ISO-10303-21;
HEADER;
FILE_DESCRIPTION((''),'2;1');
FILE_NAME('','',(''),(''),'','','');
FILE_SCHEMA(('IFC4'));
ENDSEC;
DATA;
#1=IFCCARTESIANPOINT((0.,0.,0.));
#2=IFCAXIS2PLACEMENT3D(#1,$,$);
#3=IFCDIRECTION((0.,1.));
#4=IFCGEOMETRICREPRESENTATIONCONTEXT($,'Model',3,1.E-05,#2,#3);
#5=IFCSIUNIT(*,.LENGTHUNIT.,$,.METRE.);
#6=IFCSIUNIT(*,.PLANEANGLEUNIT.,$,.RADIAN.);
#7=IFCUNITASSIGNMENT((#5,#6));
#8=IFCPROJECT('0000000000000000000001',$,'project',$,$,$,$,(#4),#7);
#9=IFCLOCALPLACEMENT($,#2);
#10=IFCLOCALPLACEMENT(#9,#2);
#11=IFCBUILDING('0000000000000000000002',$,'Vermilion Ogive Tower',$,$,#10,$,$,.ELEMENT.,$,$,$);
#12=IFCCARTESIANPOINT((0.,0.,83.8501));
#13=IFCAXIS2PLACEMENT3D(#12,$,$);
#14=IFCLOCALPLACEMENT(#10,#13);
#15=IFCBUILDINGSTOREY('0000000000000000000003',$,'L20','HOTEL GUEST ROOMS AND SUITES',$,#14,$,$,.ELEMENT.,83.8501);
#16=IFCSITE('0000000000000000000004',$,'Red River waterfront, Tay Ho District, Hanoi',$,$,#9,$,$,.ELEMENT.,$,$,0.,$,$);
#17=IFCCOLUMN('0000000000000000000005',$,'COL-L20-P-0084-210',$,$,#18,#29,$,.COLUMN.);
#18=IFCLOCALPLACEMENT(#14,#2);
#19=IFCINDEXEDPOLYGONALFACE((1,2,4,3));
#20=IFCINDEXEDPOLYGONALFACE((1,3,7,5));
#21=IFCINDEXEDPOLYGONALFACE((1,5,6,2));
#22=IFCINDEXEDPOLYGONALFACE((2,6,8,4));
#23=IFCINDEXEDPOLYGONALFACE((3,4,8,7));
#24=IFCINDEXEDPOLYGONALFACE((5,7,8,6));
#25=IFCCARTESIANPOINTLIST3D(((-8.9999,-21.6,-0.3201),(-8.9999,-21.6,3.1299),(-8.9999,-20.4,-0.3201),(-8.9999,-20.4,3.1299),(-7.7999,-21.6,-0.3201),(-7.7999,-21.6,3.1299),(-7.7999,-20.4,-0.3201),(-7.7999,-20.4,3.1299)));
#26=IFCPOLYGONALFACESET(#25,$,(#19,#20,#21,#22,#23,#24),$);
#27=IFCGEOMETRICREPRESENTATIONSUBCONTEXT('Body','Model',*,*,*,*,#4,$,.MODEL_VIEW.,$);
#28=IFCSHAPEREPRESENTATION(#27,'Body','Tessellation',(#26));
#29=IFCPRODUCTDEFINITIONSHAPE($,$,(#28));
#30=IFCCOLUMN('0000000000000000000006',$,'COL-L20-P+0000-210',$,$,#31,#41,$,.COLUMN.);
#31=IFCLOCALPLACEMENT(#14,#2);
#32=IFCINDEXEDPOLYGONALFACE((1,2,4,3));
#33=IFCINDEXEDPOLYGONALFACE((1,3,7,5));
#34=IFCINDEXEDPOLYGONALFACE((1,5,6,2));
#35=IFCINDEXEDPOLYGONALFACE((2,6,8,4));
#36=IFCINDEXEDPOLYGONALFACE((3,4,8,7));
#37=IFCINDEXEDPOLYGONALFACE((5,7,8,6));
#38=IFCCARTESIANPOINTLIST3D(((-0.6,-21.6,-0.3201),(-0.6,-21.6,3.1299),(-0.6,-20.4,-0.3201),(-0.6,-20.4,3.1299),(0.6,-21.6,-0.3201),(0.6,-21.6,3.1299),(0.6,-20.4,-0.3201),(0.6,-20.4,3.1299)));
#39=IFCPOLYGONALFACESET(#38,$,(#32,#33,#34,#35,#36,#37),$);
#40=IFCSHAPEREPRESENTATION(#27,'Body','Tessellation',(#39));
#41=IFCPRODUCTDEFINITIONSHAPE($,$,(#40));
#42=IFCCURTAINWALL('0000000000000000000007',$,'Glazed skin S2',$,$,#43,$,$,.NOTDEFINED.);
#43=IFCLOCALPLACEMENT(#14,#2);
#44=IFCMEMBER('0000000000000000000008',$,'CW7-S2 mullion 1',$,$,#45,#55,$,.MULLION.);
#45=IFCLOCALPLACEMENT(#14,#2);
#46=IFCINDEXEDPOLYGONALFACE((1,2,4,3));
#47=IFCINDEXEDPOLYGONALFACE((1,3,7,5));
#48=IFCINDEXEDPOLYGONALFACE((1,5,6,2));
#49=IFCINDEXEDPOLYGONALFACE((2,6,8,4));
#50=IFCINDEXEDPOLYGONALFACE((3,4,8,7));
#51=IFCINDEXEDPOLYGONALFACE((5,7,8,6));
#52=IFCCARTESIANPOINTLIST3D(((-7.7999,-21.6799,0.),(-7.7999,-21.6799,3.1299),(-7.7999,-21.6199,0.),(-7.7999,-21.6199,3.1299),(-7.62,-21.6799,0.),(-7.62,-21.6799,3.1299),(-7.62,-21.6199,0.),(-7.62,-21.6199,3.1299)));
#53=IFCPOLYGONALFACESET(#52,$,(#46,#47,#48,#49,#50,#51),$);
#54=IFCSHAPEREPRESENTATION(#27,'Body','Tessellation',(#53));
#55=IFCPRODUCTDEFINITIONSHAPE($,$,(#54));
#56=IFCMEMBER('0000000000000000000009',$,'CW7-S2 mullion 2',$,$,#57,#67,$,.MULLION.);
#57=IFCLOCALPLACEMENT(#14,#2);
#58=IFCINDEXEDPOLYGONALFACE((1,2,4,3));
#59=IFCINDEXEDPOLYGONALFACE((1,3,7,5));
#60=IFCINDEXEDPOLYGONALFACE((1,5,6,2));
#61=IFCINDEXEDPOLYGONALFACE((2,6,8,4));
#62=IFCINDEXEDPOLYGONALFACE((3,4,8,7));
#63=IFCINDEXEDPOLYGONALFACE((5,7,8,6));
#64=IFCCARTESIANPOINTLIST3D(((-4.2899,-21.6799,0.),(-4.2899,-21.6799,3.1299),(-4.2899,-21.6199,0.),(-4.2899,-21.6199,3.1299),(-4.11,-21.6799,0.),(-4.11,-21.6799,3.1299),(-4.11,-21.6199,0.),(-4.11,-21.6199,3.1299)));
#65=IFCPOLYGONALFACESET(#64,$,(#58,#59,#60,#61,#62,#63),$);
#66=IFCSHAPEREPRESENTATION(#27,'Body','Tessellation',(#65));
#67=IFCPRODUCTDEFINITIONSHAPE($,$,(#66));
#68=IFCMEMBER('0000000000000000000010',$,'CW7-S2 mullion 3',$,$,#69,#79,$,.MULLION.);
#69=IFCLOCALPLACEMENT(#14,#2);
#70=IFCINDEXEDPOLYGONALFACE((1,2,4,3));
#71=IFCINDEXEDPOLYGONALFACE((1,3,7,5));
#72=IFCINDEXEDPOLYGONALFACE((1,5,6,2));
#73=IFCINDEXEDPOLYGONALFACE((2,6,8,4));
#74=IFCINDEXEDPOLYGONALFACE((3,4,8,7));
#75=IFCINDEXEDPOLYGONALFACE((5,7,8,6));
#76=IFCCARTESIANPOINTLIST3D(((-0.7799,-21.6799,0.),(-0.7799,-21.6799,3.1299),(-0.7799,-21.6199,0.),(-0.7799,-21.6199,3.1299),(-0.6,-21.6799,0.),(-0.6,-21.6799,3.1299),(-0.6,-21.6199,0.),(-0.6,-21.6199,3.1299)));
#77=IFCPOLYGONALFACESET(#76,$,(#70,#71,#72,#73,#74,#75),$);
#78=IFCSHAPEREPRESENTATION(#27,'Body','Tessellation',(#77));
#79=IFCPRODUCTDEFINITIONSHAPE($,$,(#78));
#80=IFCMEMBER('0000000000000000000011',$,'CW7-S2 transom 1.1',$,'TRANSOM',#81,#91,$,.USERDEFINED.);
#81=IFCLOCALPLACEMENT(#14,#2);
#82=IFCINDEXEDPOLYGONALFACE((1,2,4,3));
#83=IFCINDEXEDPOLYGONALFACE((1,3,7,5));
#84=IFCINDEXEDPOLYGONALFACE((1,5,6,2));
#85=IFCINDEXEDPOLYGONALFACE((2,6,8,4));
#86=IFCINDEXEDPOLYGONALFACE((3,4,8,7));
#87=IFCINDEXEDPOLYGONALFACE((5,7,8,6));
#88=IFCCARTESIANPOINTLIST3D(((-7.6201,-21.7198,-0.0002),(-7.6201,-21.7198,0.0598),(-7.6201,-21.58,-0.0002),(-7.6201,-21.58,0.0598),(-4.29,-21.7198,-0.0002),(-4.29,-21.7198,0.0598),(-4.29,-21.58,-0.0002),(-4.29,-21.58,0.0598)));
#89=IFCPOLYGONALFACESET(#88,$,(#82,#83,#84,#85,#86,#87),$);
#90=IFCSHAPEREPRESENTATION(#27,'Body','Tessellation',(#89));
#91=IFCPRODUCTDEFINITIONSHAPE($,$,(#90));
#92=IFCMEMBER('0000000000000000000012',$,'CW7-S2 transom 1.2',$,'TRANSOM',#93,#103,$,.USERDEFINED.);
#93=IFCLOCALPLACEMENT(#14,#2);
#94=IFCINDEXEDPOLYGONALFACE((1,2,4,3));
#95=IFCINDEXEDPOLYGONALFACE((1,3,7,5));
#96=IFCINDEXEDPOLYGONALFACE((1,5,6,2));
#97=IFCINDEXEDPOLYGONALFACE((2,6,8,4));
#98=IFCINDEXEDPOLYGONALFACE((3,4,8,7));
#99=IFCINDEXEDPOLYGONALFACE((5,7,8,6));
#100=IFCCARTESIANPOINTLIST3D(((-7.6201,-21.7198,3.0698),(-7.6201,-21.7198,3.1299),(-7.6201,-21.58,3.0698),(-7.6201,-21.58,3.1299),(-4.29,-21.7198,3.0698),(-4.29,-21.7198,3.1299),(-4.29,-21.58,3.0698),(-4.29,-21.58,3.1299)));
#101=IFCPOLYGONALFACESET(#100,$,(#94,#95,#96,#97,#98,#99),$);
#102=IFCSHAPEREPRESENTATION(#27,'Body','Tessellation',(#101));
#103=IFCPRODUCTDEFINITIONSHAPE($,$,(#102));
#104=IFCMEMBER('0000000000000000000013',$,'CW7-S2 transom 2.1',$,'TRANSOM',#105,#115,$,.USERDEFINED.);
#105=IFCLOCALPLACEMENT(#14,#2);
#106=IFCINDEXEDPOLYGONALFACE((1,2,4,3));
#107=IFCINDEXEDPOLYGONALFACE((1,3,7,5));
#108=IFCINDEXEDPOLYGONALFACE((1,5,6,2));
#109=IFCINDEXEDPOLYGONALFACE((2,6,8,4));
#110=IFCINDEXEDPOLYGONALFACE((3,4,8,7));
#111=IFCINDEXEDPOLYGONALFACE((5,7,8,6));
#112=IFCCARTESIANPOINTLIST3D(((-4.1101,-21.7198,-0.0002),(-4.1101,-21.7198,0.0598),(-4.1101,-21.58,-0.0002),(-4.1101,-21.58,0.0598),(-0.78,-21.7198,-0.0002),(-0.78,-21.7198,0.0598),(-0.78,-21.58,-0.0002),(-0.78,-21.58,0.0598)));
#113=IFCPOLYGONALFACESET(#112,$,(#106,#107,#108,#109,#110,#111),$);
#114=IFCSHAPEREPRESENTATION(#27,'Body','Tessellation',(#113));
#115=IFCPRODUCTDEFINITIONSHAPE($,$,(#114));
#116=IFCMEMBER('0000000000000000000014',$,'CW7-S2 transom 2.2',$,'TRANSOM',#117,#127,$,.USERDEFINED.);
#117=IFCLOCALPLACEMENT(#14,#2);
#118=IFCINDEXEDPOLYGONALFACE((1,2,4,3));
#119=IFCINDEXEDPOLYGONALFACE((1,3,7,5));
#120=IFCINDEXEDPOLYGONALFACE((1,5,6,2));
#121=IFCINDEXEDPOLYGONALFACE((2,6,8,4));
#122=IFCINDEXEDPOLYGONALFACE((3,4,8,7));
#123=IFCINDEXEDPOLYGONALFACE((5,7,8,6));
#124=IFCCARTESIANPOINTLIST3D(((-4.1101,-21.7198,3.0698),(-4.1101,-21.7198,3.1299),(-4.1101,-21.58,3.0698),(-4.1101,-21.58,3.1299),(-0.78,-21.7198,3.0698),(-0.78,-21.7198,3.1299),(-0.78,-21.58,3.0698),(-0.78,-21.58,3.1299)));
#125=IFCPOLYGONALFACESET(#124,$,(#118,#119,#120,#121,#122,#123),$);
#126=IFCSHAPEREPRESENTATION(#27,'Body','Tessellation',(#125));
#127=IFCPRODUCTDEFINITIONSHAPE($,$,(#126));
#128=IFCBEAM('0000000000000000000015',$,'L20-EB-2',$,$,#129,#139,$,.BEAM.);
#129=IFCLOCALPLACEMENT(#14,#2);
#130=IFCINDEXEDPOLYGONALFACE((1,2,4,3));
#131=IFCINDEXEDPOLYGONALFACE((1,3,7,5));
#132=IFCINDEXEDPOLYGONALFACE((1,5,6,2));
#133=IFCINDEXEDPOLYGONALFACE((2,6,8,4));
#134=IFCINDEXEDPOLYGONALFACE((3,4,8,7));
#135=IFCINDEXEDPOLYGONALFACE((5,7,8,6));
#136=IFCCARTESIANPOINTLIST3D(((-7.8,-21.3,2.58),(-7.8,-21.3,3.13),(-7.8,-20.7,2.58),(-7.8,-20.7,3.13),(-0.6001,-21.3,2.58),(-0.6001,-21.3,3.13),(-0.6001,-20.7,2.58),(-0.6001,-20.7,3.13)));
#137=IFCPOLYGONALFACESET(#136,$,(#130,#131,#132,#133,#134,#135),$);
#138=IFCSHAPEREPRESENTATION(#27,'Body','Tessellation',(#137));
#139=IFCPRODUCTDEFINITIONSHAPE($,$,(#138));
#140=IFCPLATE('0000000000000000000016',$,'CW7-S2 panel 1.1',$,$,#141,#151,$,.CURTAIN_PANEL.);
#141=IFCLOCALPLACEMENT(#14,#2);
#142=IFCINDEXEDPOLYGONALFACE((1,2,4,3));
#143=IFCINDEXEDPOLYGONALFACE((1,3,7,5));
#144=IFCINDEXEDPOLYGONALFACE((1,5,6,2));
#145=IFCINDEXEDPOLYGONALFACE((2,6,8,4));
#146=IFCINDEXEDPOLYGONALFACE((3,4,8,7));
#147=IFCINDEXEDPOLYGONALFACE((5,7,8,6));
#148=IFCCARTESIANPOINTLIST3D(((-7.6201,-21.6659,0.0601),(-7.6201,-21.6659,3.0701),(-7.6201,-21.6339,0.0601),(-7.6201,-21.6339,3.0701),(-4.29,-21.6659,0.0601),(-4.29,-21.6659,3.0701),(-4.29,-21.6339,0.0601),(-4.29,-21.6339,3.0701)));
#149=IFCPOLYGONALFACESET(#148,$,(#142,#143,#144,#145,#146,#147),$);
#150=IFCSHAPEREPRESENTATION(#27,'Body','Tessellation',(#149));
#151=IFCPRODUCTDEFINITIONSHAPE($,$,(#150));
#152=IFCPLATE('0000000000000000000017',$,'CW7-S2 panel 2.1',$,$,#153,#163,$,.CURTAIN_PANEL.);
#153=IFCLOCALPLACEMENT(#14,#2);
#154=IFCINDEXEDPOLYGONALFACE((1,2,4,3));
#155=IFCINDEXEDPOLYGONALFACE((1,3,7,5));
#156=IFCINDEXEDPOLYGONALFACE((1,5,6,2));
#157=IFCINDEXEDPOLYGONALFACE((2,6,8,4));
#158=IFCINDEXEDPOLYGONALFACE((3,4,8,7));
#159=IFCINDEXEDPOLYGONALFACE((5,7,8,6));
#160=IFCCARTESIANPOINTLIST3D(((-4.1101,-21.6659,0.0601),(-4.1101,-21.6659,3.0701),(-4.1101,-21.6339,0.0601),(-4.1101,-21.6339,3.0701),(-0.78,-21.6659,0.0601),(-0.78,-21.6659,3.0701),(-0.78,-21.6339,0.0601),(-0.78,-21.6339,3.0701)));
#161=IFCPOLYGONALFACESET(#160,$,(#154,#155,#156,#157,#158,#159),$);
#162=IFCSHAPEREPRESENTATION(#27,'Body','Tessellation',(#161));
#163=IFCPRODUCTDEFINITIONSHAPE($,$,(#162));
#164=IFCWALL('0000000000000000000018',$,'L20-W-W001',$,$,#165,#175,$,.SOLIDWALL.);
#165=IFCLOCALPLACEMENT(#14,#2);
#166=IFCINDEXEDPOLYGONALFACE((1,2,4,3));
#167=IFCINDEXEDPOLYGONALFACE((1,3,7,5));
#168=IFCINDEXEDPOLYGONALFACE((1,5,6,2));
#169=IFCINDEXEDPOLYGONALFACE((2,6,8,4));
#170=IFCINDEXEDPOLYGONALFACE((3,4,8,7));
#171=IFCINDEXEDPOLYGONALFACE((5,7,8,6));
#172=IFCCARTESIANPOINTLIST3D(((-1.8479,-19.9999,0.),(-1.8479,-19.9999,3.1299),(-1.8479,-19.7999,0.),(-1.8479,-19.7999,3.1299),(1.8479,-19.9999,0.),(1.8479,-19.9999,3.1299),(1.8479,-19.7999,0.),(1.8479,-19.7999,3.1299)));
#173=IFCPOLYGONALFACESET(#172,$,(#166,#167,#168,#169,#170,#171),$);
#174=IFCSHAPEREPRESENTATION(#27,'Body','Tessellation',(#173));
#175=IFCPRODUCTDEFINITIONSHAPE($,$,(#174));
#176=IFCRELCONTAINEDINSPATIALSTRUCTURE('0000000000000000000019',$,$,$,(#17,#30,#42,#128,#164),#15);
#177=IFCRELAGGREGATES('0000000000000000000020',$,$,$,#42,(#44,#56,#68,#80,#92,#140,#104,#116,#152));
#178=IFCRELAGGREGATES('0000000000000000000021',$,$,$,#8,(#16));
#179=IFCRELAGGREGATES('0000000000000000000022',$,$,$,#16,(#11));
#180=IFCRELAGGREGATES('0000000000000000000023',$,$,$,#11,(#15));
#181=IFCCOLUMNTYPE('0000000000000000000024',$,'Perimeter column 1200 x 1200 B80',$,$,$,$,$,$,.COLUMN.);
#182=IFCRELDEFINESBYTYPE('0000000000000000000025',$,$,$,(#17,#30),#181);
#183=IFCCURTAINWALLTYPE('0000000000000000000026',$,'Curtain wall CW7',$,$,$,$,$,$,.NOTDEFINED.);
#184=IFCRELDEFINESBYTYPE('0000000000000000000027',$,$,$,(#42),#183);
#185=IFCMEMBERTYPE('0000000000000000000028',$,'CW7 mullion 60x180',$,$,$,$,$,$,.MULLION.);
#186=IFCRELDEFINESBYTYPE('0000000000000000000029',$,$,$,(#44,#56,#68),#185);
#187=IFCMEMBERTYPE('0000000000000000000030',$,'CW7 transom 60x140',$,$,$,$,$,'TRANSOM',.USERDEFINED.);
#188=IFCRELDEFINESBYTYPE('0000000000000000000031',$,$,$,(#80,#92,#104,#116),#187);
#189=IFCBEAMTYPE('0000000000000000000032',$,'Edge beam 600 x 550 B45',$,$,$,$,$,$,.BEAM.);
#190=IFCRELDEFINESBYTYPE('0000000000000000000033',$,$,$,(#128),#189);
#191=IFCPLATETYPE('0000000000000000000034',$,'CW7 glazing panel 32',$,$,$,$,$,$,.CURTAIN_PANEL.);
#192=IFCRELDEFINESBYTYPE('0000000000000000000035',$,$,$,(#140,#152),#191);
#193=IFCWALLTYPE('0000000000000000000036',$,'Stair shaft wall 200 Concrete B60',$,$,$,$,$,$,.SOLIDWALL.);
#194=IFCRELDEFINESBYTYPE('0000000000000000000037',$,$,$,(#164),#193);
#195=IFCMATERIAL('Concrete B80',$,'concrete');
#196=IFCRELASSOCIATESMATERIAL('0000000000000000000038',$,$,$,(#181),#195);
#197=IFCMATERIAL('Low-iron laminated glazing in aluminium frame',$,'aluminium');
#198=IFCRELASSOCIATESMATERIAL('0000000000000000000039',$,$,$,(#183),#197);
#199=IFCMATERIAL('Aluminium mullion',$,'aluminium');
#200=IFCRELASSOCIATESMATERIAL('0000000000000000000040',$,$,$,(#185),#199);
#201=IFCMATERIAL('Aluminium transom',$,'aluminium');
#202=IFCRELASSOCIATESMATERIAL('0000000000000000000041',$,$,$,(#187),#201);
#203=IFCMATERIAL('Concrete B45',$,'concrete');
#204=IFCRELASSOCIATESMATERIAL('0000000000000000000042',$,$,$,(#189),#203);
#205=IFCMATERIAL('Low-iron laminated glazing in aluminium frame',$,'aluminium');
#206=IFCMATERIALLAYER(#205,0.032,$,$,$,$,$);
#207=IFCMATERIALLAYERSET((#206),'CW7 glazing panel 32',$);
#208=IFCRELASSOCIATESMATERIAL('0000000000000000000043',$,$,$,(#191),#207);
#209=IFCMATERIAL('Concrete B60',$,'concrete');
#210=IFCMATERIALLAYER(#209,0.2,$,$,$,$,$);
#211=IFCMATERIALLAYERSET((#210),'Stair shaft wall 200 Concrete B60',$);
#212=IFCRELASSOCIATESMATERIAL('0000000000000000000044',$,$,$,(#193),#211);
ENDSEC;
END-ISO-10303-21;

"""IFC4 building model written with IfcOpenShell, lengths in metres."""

from ifc_helpers import new_model, si_unit, direction, frame, frame_2d, origin, origin_2d, place, context, subcontext, project, spatial, rectangle, extrude, material, layer, layer_set, material_profile, profile_set, type_object, element, aggregate, save


model = new_model("IFC4")

# Units and contexts
model_context = context("Model", 3, precision=1e-05, world=origin(), true_north=direction((0.0, 1.0)))
body_context = subcontext(model_context, "Body", "Model", "MODEL_VIEW")
ifc_project = project(units=[si_unit("LENGTHUNIT", "METRE"), si_unit("PLANEANGLEUNIT", "RADIAN")], contexts=[model_context])

# Site, building, storey
site_placement = place(None, origin())
site = spatial("IfcSite", under=ifc_project, at=site_placement, Name="Red River waterfront, Tay Ho District, Hanoi", CompositionType="ELEMENT", RefElevation=0.0)
building_placement = place(site_placement, origin())
building = spatial("IfcBuilding", under=site, at=building_placement, Name="Vermilion Ogive Tower", CompositionType="ELEMENT")
storey_placement = place(building_placement, frame((0.0, 0.0, 83.8501)))
storey = spatial("IfcBuildingStorey", under=building, at=storey_placement, Name="L20", Description="HOTEL GUEST ROOMS AND SUITES", CompositionType="ELEMENT", Elevation=83.8501)

# Columns
ifc_material_1 = material(Name="Concrete B80", Category="concrete")
ifc_material_profile_1 = material_profile(ifc_material_1, rectangle(XDim=1.2, YDim=1.2, at=origin_2d()), Name="1200 x 1200")
ifc_profile_set_1 = profile_set([ifc_material_profile_1], Name="Concrete B80")
column_type = type_object("IfcColumnType", Name="Perimeter column 1200 x 1200 B80", PredefinedType="COLUMN", material=ifc_profile_set_1)
for number, where, z_axis, x_axis, name in (
    (1, (-8.3999, -21.0, -0.3201), (0.0, 0.0, 1.0), (1.0, 0.0, 0.0), "COL-L20-P-0084-210"),
    (2, (0.0, -21.0, -0.3201), (0.0, 0.0, 1.0), (1.0, 0.0, 0.0), "COL-L20-P+0000-210"),
):
    element("IfcColumn", number, at=place(storey_placement, frame(where, z_axis=z_axis, x_axis=x_axis)), inside=storey, type_object=column_type, Name=name, PredefinedType="COLUMN", context=body_context, shape_type="SweptSolid", body=[
        extrude(rectangle(XDim=1.2, YDim=1.2, at=origin_2d()), origin(), (0.0, 0.0, 1.0), 3.45),
    ])

# Curtain wall, members
ifc_material_2 = material(Name="Low-iron laminated glazing in aluminium frame", Category="aluminium")
curtain_wall_type = type_object("IfcCurtainWallType", Name="Curtain wall CW7", PredefinedType="NOTDEFINED", material=ifc_material_2)
curtain_wall_placement = place(storey_placement, origin())
curtain_wall = element("IfcCurtainWall", 3, at=curtain_wall_placement, inside=storey, type_object=curtain_wall_type, Name="Glazed skin S2", PredefinedType="NOTDEFINED")
ifc_material_3 = material(Name="Aluminium mullion", Category="aluminium")
ifc_material_profile_2 = material_profile(ifc_material_3, rectangle(XDim=0.0601, YDim=0.1799, at=origin_2d()), Name="AL 60x180")
ifc_profile_set_2 = profile_set([ifc_material_profile_2], Name="Aluminium mullion")
member_type_1 = type_object("IfcMemberType", Name="CW7 mullion 60x180", PredefinedType="MULLION", material=ifc_profile_set_2)
member_1_placement = place(storey_placement, frame((-7.71, -21.6499, 0.0), z_axis=(0.0, 0.0, 1.0), x_axis=(0.0, 1.0, 0.0)))
member_1 = element("IfcMember", 4, at=member_1_placement, type_object=member_type_1, Name="CW7-S2 mullion 1", PredefinedType="MULLION", context=body_context, shape_type="SweptSolid", body=[
    extrude(rectangle(XDim=0.0601, YDim=0.1799, at=origin_2d()), origin(), (0.0, 0.0, 1.0), 3.1299),
])
member_2_placement = place(storey_placement, frame((-4.2, -21.6499, 0.0), z_axis=(0.0, 0.0, 1.0), x_axis=(0.0, 1.0, 0.0)))
member_2 = element("IfcMember", 5, at=member_2_placement, type_object=member_type_1, Name="CW7-S2 mullion 2", PredefinedType="MULLION", context=body_context, shape_type="SweptSolid", body=[
    extrude(rectangle(XDim=0.0601, YDim=0.1799, at=origin_2d()), origin(), (0.0, 0.0, 1.0), 3.1299),
])
member_3_placement = place(storey_placement, frame((-0.6899, -21.6499, 0.0), z_axis=(0.0, 0.0, 1.0), x_axis=(0.0, 1.0, 0.0)))
member_3 = element("IfcMember", 6, at=member_3_placement, type_object=member_type_1, Name="CW7-S2 mullion 3", PredefinedType="MULLION", context=body_context, shape_type="SweptSolid", body=[
    extrude(rectangle(XDim=0.0601, YDim=0.1799, at=origin_2d()), origin(), (0.0, 0.0, 1.0), 3.1299),
])
ifc_material_4 = material(Name="Aluminium transom", Category="aluminium")
ifc_material_profile_3 = material_profile(ifc_material_4, rectangle(XDim=0.1399, YDim=0.0601, at=origin_2d()), Name="AL 60x140")
ifc_profile_set_3 = profile_set([ifc_material_profile_3], Name="Aluminium transom")
member_type_2 = type_object("IfcMemberType", Name="CW7 transom 60x140", ElementType="TRANSOM", PredefinedType="USERDEFINED", material=ifc_profile_set_3)
member_4_placement = place(storey_placement, frame((-7.6201, -21.6499, 0.0298), z_axis=(1.0, 0.0, 0.0), x_axis=(0.0, 1.0, 0.0)))
member_4 = element("IfcMember", 7, at=member_4_placement, type_object=member_type_2, Name="CW7-S2 transom 1.1", ObjectType="TRANSOM", PredefinedType="USERDEFINED", context=body_context, shape_type="SweptSolid", body=[
    extrude(rectangle(XDim=0.1399, YDim=0.0601, at=origin_2d()), origin(), (0.0, 0.0, 1.0), 3.3301),
])
member_5_placement = place(storey_placement, frame((-7.6201, -21.6499, 3.0999), z_axis=(1.0, 0.0, 0.0), x_axis=(0.0, 1.0, 0.0)))
member_5 = element("IfcMember", 8, at=member_5_placement, type_object=member_type_2, Name="CW7-S2 transom 1.2", ObjectType="TRANSOM", PredefinedType="USERDEFINED", context=body_context, shape_type="SweptSolid", body=[
    extrude(rectangle(XDim=0.1399, YDim=0.0601, at=origin_2d()), origin(), (0.0, 0.0, 1.0), 3.3301),
])
member_6_placement = place(storey_placement, frame((-4.1101, -21.6499, 0.0298), z_axis=(1.0, 0.0, 0.0), x_axis=(0.0, 1.0, 0.0)))
member_6 = element("IfcMember", 9, at=member_6_placement, type_object=member_type_2, Name="CW7-S2 transom 2.1", ObjectType="TRANSOM", PredefinedType="USERDEFINED", context=body_context, shape_type="SweptSolid", body=[
    extrude(rectangle(XDim=0.1399, YDim=0.0601, at=origin_2d()), origin(), (0.0, 0.0, 1.0), 3.3301),
])
member_7_placement = place(storey_placement, frame((-4.1101, -21.6499, 3.0999), z_axis=(1.0, 0.0, 0.0), x_axis=(0.0, 1.0, 0.0)))
member_7 = element("IfcMember", 10, at=member_7_placement, type_object=member_type_2, Name="CW7-S2 transom 2.2", ObjectType="TRANSOM", PredefinedType="USERDEFINED", context=body_context, shape_type="SweptSolid", body=[
    extrude(rectangle(XDim=0.1399, YDim=0.0601, at=origin_2d()), origin(), (0.0, 0.0, 1.0), 3.3301),
])

# Beam
ifc_material_5 = material(Name="Concrete B45", Category="concrete")
ifc_material_profile_4 = material_profile(ifc_material_5, rectangle(XDim=0.6001, YDim=0.55, at=origin_2d()), Name="600 x 550")
ifc_profile_set_4 = profile_set([ifc_material_profile_4], Name="Concrete B45")
beam_type = type_object("IfcBeamType", Name="Edge beam 600 x 550 B45", PredefinedType="BEAM", material=ifc_profile_set_4)
beam_placement = place(storey_placement, frame((-7.8, -21.0, 2.855), z_axis=(1.0, 0.0, 0.0), x_axis=(0.0, 1.0, 0.0)))
element("IfcBeam", 11, at=beam_placement, inside=storey, type_object=beam_type, Name="L20-EB-2", PredefinedType="BEAM", context=body_context, shape_type="SweptSolid", body=[
    extrude(rectangle(XDim=0.6001, YDim=0.55, at=origin_2d()), origin(), (0.0, 0.0, 1.0), 7.2),
])

# Plates
ifc_material_6 = material(Name="Low-iron laminated glazing in aluminium frame", Category="aluminium")
ifc_layer_1 = layer(ifc_material_6, 0.032)
ifc_layer_set_1 = layer_set([ifc_layer_1], Name="CW7 glazing panel 32")
plate_type = type_object("IfcPlateType", Name="CW7 glazing panel 32", PredefinedType="CURTAIN_PANEL", material=ifc_layer_set_1)
plate_1_placement = place(storey_placement, frame((-5.9551, -21.6499, 0.0601), z_axis=(0.0, 0.0, 1.0), x_axis=(1.0, 0.0, 0.0)))
plate_1 = element("IfcPlate", 12, at=plate_1_placement, type_object=plate_type, Name="CW7-S2 panel 1.1", PredefinedType="CURTAIN_PANEL", context=body_context, shape_type="SweptSolid", body=[
    extrude(rectangle(XDim=3.3301, YDim=0.032, at=origin_2d()), origin(), (0.0, 0.0, 1.0), 3.01),
])
plate_2_placement = place(storey_placement, frame((-2.4451, -21.6499, 0.0601), z_axis=(0.0, 0.0, 1.0), x_axis=(1.0, 0.0, 0.0)))
plate_2 = element("IfcPlate", 13, at=plate_2_placement, type_object=plate_type, Name="CW7-S2 panel 2.1", PredefinedType="CURTAIN_PANEL", context=body_context, shape_type="SweptSolid", body=[
    extrude(rectangle(XDim=3.3301, YDim=0.032, at=origin_2d()), origin(), (0.0, 0.0, 1.0), 3.01),
])
aggregate(curtain_wall, [member_1, member_2, member_3, member_4, member_5, plate_1, member_6, member_7, plate_2])

# Wall
ifc_material_7 = material(Name="Concrete B60", Category="concrete")
ifc_layer_2 = layer(ifc_material_7, 0.2)
ifc_layer_set_2 = layer_set([ifc_layer_2], Name="Stair shaft wall 200 Concrete B60")
wall_type = type_object("IfcWallType", Name="Stair shaft wall 200 Concrete B60", PredefinedType="SOLIDWALL", material=ifc_layer_set_2)
wall_1_placement = place(storey_placement, frame((-1.8479, -19.8999, 0.0), z_axis=(0.0, 0.0, 1.0), x_axis=(1.0, 0.0, 0.0)))
element("IfcWall", 14, at=wall_1_placement, inside=storey, type_object=wall_type, Name="L20-W-W001", PredefinedType="SOLIDWALL", context=body_context, shape_type="SweptSolid", body=[
    extrude(rectangle(XDim=3.6958, YDim=0.2, at=frame_2d((1.8479, 0.0))), origin(), (0.0, 0.0, 1.0), 3.1299),
])

save(model, "model.ifc")
